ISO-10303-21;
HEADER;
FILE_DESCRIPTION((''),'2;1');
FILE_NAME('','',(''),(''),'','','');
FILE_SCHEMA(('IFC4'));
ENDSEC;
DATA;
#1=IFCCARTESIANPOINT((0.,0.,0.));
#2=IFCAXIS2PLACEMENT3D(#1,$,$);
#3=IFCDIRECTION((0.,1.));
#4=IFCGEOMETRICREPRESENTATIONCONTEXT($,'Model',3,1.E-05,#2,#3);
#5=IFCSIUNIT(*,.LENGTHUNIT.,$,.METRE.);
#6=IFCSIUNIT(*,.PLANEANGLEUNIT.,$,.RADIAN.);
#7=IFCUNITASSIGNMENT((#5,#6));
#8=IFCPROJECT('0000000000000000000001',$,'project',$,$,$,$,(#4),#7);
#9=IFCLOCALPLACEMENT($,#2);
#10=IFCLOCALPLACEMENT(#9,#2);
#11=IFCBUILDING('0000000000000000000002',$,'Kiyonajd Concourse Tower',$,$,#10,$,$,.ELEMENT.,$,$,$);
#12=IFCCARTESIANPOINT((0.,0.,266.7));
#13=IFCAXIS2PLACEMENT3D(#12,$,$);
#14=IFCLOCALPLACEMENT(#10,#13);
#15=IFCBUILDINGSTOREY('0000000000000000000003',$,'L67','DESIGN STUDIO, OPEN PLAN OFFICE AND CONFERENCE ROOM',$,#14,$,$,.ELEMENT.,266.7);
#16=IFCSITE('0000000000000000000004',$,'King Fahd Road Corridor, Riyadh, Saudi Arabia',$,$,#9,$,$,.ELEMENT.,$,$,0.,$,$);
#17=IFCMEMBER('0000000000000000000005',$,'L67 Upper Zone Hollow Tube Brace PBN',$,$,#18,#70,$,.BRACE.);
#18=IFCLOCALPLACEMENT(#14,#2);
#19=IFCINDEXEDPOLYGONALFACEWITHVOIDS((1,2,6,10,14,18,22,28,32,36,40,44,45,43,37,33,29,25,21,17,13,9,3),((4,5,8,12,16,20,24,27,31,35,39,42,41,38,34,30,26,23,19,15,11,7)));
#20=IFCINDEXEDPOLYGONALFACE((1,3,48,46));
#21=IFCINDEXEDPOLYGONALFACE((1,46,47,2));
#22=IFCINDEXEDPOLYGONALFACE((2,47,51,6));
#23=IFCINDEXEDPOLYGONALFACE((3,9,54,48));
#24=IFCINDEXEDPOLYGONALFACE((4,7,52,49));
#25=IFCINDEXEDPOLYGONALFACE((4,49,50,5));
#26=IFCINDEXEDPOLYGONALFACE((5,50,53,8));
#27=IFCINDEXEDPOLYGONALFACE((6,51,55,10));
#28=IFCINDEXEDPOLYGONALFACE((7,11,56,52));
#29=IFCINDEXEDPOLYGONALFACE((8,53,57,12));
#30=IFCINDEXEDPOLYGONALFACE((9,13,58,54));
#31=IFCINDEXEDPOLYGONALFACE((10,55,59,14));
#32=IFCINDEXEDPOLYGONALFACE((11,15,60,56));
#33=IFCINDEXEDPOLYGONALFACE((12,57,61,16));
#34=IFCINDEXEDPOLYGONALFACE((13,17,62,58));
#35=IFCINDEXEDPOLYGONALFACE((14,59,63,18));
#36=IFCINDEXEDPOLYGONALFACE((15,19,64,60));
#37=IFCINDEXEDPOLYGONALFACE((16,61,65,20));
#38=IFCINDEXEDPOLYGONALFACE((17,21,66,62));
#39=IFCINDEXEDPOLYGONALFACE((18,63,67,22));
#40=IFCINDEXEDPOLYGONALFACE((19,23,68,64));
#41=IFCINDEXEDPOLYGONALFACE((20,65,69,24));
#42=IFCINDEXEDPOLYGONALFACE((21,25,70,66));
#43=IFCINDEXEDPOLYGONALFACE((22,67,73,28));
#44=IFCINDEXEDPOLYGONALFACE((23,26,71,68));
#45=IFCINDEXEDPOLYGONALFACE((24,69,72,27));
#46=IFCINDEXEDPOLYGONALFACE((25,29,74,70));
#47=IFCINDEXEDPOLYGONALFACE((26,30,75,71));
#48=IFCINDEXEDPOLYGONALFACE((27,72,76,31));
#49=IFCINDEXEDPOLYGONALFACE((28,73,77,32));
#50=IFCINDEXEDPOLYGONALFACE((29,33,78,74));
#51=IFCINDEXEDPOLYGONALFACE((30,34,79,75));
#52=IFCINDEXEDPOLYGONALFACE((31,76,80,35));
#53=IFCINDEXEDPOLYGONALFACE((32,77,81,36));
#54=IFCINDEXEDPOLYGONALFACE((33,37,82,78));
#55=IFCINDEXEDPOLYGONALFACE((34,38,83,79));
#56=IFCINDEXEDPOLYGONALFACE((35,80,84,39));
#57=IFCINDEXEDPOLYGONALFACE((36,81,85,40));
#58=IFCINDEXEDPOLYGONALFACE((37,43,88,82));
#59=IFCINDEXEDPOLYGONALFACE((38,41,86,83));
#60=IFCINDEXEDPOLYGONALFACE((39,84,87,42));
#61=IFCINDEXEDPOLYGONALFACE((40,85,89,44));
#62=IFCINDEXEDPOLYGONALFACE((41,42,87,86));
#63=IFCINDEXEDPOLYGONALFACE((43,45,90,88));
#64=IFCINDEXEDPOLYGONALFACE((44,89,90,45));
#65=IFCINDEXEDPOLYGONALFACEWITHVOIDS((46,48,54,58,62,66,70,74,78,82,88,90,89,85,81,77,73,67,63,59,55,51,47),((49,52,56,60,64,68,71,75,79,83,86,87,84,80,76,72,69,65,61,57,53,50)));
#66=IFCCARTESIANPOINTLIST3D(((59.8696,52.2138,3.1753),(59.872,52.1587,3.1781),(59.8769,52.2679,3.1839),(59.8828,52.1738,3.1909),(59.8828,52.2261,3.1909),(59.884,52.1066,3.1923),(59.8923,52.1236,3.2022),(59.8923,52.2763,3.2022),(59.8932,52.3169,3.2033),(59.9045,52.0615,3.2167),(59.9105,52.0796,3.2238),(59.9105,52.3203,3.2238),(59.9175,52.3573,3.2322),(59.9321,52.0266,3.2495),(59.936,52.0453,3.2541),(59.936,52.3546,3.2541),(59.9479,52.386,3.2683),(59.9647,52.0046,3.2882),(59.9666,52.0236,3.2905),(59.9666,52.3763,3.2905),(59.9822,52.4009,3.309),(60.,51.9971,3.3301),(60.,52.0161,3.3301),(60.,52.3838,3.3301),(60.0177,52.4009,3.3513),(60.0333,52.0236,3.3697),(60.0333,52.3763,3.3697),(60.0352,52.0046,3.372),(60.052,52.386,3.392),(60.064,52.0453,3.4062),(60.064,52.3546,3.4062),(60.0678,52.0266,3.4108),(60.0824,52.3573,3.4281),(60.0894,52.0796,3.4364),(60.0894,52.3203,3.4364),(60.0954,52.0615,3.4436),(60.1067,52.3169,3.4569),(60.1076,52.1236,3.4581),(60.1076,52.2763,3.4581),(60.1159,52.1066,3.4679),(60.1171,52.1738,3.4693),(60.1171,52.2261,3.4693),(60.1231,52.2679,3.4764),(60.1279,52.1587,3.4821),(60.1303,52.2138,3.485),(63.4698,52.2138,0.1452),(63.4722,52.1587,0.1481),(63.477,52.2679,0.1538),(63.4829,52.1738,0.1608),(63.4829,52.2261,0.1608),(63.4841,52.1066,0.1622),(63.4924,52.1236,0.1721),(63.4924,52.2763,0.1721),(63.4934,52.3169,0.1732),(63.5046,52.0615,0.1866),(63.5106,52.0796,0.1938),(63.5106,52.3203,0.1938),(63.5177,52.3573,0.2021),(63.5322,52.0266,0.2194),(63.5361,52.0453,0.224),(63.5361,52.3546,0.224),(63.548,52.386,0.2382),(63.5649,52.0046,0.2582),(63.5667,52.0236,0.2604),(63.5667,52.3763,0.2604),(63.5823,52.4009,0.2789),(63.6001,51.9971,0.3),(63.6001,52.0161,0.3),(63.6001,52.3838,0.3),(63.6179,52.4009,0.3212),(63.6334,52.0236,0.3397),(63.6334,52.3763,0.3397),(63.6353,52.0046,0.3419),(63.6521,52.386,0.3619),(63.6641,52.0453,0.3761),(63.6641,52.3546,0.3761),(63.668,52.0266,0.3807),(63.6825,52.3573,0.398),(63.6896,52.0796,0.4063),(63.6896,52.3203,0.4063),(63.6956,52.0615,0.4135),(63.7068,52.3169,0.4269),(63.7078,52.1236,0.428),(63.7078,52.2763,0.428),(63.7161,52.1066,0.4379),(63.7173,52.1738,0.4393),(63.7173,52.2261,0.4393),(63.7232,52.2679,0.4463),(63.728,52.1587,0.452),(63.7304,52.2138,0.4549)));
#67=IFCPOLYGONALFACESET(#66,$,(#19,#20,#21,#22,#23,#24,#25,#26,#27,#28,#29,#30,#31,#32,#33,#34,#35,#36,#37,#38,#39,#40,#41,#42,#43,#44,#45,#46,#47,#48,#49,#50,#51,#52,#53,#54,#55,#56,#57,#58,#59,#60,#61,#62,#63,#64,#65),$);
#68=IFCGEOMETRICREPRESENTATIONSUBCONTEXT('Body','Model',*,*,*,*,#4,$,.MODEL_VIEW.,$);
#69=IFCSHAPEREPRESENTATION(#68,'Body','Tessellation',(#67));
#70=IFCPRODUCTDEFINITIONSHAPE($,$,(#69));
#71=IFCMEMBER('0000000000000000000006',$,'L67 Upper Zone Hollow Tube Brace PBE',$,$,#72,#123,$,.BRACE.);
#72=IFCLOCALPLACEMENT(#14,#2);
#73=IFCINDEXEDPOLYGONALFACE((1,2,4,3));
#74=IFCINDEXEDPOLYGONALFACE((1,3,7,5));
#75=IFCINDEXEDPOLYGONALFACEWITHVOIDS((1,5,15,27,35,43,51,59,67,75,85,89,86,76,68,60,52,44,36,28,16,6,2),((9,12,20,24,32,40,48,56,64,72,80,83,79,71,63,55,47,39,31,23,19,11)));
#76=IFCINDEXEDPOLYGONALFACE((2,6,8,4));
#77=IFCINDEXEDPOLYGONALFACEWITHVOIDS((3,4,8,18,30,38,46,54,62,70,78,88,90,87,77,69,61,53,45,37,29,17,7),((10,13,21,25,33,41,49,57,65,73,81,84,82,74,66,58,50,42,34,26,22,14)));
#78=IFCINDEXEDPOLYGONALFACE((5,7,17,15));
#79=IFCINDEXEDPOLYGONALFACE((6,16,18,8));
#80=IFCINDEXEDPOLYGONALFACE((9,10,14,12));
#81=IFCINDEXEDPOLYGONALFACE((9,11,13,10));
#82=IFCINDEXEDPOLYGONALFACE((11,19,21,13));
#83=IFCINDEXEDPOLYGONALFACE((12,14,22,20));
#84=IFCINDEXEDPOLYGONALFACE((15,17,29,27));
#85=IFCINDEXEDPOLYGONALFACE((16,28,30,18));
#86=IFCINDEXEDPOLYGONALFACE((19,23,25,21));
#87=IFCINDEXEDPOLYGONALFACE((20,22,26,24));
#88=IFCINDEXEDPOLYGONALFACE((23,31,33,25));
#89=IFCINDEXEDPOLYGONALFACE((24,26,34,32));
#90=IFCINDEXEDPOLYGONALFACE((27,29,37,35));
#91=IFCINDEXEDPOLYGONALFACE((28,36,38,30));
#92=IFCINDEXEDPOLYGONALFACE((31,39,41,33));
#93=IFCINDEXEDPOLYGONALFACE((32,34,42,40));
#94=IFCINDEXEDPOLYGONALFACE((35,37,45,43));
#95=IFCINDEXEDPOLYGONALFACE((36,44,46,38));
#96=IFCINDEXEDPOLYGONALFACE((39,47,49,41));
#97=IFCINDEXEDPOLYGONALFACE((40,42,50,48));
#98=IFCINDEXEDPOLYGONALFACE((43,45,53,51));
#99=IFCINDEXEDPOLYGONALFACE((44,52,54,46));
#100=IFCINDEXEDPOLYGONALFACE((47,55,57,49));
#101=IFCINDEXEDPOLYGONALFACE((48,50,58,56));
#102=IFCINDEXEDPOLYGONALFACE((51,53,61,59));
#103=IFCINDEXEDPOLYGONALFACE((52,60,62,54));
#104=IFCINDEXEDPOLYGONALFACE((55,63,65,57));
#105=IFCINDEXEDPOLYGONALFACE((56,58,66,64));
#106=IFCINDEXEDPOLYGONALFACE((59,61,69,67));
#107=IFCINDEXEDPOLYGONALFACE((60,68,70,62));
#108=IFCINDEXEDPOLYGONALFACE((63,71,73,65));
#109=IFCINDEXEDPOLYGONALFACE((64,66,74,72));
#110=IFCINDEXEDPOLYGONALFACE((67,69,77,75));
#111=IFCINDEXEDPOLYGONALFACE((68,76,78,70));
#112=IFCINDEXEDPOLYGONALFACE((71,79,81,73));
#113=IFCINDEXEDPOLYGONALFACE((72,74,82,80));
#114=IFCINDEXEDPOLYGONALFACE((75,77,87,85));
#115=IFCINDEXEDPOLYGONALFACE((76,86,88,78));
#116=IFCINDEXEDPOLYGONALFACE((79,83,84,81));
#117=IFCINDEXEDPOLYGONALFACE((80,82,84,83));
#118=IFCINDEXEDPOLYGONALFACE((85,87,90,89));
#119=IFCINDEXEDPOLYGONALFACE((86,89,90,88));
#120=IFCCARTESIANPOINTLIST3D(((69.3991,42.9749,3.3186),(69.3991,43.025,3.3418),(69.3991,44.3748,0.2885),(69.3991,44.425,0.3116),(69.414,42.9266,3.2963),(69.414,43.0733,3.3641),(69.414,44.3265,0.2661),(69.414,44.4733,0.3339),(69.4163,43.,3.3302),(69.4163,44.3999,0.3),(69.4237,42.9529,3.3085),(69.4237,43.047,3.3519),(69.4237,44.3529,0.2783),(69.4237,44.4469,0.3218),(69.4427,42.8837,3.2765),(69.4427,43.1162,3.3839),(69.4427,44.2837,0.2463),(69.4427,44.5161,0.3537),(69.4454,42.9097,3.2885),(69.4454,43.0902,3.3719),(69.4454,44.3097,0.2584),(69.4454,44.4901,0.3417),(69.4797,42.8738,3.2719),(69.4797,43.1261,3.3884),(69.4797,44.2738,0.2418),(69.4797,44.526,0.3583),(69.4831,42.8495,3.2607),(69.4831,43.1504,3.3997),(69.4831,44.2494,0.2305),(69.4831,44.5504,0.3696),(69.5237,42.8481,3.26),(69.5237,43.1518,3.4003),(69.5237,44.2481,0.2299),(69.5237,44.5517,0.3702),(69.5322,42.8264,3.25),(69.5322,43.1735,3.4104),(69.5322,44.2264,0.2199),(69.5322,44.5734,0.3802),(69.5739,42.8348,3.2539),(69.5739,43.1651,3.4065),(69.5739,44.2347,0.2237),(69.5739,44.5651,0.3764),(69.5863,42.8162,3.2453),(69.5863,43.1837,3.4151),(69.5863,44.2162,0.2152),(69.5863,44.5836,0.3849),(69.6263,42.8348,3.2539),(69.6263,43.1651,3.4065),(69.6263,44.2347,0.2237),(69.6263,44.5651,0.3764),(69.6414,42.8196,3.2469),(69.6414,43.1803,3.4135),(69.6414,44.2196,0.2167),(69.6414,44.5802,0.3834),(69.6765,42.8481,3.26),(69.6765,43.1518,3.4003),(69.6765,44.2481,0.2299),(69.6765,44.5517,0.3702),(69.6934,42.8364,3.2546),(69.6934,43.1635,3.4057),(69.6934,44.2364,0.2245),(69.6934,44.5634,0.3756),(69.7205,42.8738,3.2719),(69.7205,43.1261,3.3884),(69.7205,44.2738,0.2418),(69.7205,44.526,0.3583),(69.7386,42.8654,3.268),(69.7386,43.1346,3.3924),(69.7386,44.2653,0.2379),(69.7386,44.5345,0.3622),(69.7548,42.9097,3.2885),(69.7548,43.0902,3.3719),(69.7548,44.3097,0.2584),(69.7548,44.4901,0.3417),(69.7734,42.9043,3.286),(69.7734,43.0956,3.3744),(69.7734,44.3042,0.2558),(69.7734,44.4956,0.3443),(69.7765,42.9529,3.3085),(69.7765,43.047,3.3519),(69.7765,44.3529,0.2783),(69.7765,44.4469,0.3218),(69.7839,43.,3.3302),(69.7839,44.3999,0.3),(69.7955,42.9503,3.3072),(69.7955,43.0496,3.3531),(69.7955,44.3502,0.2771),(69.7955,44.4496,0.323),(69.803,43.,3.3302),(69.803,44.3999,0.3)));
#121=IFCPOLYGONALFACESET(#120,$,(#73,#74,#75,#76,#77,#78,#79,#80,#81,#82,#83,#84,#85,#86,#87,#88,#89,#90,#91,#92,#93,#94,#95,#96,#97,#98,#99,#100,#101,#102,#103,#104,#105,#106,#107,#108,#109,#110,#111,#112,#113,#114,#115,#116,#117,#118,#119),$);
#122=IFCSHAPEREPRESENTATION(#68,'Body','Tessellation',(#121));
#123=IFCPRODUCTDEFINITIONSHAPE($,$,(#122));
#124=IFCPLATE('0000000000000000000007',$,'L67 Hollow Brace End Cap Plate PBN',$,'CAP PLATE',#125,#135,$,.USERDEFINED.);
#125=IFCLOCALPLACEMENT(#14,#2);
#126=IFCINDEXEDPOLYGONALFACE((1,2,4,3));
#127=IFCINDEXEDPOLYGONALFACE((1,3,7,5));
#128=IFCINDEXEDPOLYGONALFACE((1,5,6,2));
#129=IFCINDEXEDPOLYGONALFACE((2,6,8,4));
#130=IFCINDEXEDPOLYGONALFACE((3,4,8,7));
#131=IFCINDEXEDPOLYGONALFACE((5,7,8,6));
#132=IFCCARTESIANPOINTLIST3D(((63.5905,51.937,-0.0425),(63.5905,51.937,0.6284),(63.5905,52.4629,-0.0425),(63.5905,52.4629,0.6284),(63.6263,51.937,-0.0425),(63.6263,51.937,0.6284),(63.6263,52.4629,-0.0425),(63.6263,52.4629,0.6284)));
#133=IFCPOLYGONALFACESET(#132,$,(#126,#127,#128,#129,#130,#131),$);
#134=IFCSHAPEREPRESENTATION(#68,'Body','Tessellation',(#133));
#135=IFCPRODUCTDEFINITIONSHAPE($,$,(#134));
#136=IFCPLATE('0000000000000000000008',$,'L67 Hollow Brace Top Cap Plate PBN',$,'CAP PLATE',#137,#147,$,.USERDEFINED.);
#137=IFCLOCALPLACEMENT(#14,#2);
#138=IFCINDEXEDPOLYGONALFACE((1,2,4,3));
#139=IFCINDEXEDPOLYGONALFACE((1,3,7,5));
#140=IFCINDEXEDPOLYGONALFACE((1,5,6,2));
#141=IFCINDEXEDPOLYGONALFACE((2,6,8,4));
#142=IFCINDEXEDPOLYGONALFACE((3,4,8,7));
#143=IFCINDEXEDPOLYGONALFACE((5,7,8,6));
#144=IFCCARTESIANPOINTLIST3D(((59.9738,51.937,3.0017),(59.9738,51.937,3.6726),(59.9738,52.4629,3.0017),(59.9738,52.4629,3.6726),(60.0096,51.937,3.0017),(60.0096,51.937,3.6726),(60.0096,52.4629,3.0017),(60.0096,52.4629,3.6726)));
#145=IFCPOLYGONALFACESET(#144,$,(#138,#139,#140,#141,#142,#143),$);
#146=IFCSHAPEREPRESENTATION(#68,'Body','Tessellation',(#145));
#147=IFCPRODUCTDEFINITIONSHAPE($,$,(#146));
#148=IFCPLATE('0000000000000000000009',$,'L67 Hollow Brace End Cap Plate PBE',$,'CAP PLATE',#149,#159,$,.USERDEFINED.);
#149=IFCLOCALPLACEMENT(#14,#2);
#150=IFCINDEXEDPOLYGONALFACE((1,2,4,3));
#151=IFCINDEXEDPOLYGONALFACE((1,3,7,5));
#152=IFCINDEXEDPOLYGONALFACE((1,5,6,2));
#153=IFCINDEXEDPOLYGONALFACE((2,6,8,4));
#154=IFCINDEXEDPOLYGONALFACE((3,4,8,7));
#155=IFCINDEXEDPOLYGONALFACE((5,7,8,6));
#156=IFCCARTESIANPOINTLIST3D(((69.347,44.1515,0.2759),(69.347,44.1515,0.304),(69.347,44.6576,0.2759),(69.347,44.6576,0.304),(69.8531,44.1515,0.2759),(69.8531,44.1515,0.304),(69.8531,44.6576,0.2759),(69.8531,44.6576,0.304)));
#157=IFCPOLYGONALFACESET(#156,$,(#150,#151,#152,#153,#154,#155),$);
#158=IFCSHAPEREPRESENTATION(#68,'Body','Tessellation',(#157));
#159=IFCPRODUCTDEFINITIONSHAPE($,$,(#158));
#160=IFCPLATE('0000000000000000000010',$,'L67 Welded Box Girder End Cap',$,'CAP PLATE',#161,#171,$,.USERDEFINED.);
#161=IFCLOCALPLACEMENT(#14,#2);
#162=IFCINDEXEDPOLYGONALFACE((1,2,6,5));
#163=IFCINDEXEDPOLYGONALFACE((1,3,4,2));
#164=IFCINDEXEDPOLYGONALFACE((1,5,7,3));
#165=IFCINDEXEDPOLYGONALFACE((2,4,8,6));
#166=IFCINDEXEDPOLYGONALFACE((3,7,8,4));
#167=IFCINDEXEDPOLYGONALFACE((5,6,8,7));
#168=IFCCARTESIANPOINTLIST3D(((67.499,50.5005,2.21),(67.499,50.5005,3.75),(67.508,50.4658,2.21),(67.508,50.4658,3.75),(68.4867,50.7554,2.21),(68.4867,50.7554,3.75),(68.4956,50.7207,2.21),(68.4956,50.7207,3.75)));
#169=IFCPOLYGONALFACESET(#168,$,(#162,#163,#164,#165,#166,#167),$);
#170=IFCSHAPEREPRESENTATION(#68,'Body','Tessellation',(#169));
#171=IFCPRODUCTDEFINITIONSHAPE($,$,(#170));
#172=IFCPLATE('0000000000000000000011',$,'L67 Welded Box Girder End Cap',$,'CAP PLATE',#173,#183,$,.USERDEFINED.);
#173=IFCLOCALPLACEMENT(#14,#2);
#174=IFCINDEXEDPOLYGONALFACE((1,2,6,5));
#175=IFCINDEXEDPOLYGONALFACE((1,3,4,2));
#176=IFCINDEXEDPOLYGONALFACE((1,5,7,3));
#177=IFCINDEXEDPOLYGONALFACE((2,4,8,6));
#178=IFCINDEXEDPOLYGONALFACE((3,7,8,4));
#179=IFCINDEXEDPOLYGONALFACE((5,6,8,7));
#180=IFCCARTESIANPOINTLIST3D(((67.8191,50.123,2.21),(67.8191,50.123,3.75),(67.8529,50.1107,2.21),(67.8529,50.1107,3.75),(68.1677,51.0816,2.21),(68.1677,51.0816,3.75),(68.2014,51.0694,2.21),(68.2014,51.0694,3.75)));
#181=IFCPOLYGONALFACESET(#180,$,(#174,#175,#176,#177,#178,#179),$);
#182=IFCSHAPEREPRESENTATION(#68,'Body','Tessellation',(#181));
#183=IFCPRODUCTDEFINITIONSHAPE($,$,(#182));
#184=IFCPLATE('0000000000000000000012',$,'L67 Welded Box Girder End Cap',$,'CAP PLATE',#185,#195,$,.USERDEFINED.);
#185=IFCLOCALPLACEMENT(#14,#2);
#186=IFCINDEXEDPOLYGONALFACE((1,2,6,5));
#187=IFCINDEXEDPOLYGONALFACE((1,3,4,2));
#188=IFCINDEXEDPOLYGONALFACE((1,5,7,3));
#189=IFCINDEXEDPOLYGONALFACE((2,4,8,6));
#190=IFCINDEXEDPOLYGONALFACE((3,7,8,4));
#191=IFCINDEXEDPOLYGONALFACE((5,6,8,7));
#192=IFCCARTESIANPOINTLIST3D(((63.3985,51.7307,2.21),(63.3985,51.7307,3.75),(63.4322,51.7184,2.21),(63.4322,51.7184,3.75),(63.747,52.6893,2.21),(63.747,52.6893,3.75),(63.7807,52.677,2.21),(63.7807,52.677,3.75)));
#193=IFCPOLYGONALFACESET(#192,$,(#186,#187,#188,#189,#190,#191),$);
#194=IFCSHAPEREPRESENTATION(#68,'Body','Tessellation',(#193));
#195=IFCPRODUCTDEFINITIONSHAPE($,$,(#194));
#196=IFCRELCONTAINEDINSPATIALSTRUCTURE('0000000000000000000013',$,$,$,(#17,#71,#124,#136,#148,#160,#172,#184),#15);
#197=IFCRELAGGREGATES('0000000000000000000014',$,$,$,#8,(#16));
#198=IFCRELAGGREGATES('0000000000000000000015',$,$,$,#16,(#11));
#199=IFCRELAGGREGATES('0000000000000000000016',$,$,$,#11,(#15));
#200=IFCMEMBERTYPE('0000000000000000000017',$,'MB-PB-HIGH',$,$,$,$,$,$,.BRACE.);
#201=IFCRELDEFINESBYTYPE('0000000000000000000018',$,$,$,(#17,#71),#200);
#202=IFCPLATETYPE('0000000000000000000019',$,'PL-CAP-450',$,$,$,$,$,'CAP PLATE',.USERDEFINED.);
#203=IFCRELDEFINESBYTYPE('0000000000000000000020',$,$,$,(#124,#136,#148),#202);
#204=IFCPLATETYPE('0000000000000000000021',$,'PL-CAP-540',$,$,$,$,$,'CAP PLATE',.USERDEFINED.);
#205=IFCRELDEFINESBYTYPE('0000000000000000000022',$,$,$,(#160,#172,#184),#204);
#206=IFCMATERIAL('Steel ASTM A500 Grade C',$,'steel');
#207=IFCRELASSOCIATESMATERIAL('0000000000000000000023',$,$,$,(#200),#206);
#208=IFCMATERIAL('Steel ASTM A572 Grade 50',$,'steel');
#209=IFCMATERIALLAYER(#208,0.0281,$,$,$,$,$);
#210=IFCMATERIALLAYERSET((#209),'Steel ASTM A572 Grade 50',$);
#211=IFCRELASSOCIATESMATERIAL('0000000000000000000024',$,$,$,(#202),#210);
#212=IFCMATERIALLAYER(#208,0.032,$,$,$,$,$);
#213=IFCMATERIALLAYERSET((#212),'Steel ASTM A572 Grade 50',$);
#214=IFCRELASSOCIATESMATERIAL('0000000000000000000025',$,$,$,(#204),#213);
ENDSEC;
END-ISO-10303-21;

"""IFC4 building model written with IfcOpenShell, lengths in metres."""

from ifc_helpers import new_model, si_unit, direction, frame, origin, origin_2d, place, context, subcontext, project, spatial, rectangle, hollow_circle, extrude, material, layer, layer_set, material_profile, profile_set, type_object, element, save


model = new_model("IFC4")

# Units and contexts
model_context = context("Model", 3, precision=1e-05, world=origin(), true_north=direction((0.0, 1.0)))
body_context = subcontext(model_context, "Body", "Model", "MODEL_VIEW")
ifc_project = project(units=[si_unit("LENGTHUNIT", "METRE"), si_unit("PLANEANGLEUNIT", "RADIAN")], contexts=[model_context])

# Site, building, storey
site_placement = place(None, origin())
site = spatial("IfcSite", under=ifc_project, at=site_placement, Name="King Fahd Road Corridor, Riyadh, Saudi Arabia", CompositionType="ELEMENT", RefElevation=0.0)
building_placement = place(site_placement, origin())
building = spatial("IfcBuilding", under=site, at=building_placement, Name="Kiyonajd Concourse Tower", CompositionType="ELEMENT")
storey_placement = place(building_placement, frame((0.0, 0.0, 266.7)))
storey = spatial("IfcBuildingStorey", under=building, at=storey_placement, Name="L67", Description="DESIGN STUDIO, OPEN PLAN OFFICE AND CONFERENCE ROOM", CompositionType="ELEMENT", Elevation=266.7)

# Shared definitions
ifc_material_1 = material(Name="Steel ASTM A572 Grade 50", Category="steel")

# Members
ifc_material_2 = material(Name="Steel ASTM A500 Grade C", Category="steel")
ifc_material_profile_1 = material_profile(ifc_material_2, hollow_circle(Radius=0.2029, WallThickness=0.019, at=origin_2d()), Name="CHS-406x19")
ifc_profile_set_1 = profile_set([ifc_material_profile_1], Name="Steel ASTM A500 Grade C")
member_type = type_object("IfcMemberType", Name="MB-PB-HIGH", PredefinedType="BRACE", material=ifc_profile_set_1)
member_1_placement = place(storey_placement, frame((63.6001, 52.2, 0.3), z_axis=(-0.765082, 0.0, 0.643933), x_axis=(0.0, -1.0, 0.0)))
element("IfcMember", 1, at=member_1_placement, inside=storey, type_object=member_type, Name="L67 Upper Zone Hollow Tube Brace PBN", PredefinedType="BRACE", context=body_context, shape_type="SweptSolid", body=[
    extrude(hollow_circle(Radius=0.2029, WallThickness=0.019, at=origin_2d()), origin(), (0.0, 0.0, 1.0), 4.7056),
])
member_2_placement = place(storey_placement, frame((69.6001, 44.3999, 0.3), z_axis=(0.0, -0.419411, 0.907797), x_axis=(1.0, 0.0, 0.0)))
element("IfcMember", 2, at=member_2_placement, inside=storey, type_object=member_type, Name="L67 Upper Zone Hollow Tube Brace PBE", PredefinedType="BRACE", context=body_context, shape_type="SweptSolid", body=[
    extrude(hollow_circle(Radius=0.2029, WallThickness=0.019, at=origin_2d()), origin(), (0.0, 0.0, 1.0), 3.3379),
])

# Plates
ifc_layer_1 = layer(ifc_material_1, 0.0281)
ifc_layer_set_1 = layer_set([ifc_layer_1], Name="Steel ASTM A572 Grade 50")
plate_type_1 = type_object("IfcPlateType", Name="PL-CAP-450", ElementType="CAP PLATE", PredefinedType="USERDEFINED", material=ifc_layer_set_1)
for number, where, z_axis, x_axis, name in (
    (3, (63.6084, 52.2, -0.0425), (0.0, 0.0, 1.0), (1.0, 0.0, 0.0), "L67 Hollow Brace End Cap Plate PBN"),
    (4, (59.9917, 52.2, 3.0017), (0.0, 0.0, 1.0), (-1.0, 0.0, 0.0), "L67 Hollow Brace Top Cap Plate PBN"),
):
    element("IfcPlate", number, at=place(storey_placement, frame(where, z_axis=z_axis, x_axis=x_axis)), inside=storey, type_object=plate_type_1, Name=name, ObjectType="CAP PLATE", PredefinedType="USERDEFINED", context=body_context, shape_type="SweptSolid", body=[
        extrude(rectangle(XDim=0.0359, YDim=0.5259, at=origin_2d()), origin(), (0.0, 0.0, 1.0), 0.6709),
    ])
plate_placement = place(storey_placement, frame((69.6001, 44.4045, 0.2759), z_axis=(0.0, 0.0, 1.0), x_axis=(1.0, 0.0, 0.0)))
element("IfcPlate", 5, at=plate_placement, inside=storey, type_object=plate_type_1, Name="L67 Hollow Brace End Cap Plate PBE", ObjectType="CAP PLATE", PredefinedType="USERDEFINED", context=body_context, shape_type="SweptSolid", body=[
    extrude(rectangle(XDim=0.5061, YDim=0.5061, at=origin_2d()), origin(), (0.0, 0.0, 1.0), 0.0281),
])
ifc_layer_2 = layer(ifc_material_1, 0.032)
ifc_layer_set_2 = layer_set([ifc_layer_2], Name="Steel ASTM A572 Grade 50")
plate_type_2 = type_object("IfcPlateType", Name="PL-CAP-540", ElementType="CAP PLATE", PredefinedType="USERDEFINED", material=ifc_layer_set_2)
for number, where, z_axis, x_axis, name in (
    (6, (67.9973, 50.6106, 2.21), (0.0, 0.0, 1.0), (-0.249873, 0.968279, 0.0), "L67 Welded Box Girder End Cap"),
    (7, (68.0103, 50.5962, 2.21), (0.0, 0.0, 1.0), (0.939812, -0.341692, 0.0), "L67 Welded Box Girder End Cap"),
    (8, (63.5896, 52.2039, 2.21), (0.0, 0.0, 1.0), (-0.939812, 0.341692, 0.0), "L67 Welded Box Girder End Cap"),
):
    element("IfcPlate", number, at=place(storey_placement, frame(where, z_axis=z_axis, x_axis=x_axis)), inside=storey, type_object=plate_type_2, Name=name, ObjectType="CAP PLATE", PredefinedType="USERDEFINED", context=body_context, shape_type="SweptSolid", body=[
        extrude(rectangle(XDim=0.0359, YDim=1.02, at=origin_2d()), origin(), (0.0, 0.0, 1.0), 1.54),
    ])

save(model, "model.ifc")
